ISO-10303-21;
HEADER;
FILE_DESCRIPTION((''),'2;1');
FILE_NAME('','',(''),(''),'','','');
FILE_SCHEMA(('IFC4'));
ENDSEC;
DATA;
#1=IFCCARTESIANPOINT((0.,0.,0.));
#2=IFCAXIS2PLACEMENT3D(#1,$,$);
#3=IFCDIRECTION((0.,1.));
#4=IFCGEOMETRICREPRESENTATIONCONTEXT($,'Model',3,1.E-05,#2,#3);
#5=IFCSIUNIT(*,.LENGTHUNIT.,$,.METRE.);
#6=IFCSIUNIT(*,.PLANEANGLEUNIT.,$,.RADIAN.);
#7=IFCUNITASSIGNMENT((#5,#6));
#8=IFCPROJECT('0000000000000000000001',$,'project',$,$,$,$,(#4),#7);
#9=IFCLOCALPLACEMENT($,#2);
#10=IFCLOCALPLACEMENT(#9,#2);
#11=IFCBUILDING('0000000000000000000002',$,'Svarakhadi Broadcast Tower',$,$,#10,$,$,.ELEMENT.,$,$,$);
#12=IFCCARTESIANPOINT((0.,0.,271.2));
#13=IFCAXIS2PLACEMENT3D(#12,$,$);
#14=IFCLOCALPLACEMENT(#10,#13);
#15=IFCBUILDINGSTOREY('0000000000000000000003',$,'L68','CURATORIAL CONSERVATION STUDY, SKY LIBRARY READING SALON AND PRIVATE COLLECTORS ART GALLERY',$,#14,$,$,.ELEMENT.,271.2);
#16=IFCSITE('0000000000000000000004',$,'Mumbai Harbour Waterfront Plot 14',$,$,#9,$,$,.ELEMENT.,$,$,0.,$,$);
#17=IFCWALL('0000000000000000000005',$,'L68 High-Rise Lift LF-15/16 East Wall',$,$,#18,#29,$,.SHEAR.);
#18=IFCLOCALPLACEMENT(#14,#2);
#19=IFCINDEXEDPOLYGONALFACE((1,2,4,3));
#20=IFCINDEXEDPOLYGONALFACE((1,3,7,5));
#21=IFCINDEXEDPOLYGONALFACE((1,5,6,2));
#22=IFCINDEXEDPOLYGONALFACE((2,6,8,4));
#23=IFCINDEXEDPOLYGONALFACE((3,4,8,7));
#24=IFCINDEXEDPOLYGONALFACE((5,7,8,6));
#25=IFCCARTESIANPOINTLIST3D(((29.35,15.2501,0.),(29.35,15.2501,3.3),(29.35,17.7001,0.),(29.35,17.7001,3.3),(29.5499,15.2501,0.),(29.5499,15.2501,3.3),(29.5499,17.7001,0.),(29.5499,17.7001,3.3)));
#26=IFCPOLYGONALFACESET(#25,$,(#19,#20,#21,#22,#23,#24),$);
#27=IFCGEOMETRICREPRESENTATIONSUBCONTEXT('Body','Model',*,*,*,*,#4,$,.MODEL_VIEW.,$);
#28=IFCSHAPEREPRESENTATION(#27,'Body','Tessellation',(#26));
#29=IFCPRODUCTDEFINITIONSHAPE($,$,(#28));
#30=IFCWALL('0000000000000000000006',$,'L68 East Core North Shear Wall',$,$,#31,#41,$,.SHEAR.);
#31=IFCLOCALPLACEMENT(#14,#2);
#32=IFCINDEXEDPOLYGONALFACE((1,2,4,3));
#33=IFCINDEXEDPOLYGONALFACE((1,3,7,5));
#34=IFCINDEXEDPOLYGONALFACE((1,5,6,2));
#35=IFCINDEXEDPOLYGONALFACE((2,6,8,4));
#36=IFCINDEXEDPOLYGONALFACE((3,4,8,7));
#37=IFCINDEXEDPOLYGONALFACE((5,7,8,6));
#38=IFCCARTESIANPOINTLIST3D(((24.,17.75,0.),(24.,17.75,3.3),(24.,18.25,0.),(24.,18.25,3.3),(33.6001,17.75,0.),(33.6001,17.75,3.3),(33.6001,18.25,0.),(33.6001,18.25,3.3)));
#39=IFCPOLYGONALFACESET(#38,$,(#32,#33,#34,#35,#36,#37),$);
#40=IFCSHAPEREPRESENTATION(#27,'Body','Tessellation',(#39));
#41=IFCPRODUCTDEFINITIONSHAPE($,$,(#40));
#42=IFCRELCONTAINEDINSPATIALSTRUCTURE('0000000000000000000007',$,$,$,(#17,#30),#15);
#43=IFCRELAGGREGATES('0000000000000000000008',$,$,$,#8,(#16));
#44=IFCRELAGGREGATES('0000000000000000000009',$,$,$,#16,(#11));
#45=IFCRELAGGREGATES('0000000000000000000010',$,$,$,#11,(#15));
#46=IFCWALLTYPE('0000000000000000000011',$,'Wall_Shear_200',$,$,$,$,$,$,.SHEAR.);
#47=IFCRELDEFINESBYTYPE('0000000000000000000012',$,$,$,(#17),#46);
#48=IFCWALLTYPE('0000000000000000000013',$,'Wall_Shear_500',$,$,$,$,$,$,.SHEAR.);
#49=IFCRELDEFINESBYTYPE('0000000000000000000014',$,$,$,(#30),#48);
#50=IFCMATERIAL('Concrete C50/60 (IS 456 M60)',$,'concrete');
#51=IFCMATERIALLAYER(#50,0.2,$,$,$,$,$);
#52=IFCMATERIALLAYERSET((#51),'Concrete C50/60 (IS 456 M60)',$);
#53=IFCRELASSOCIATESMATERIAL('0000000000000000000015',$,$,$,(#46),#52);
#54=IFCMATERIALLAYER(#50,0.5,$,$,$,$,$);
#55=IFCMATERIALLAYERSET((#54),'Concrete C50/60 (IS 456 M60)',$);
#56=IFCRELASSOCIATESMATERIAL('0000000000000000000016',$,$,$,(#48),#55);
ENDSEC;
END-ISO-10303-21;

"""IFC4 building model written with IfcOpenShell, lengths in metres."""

from ifc_helpers import new_model, si_unit, direction, frame, frame_2d, origin, place, context, subcontext, project, spatial, rectangle, extrude, material, layer, layer_set, type_object, element, save


model = new_model("IFC4")

# Units and contexts
model_context = context("Model", 3, precision=1e-05, world=origin(), true_north=direction((0.0, 1.0)))
body_context = subcontext(model_context, "Body", "Model", "MODEL_VIEW")
ifc_project = project(units=[si_unit("LENGTHUNIT", "METRE"), si_unit("PLANEANGLEUNIT", "RADIAN")], contexts=[model_context])

# Site, building, storey
site_placement = place(None, origin())
site = spatial("IfcSite", under=ifc_project, at=site_placement, Name="Mumbai Harbour Waterfront Plot 14", CompositionType="ELEMENT", RefElevation=0.0)
building_placement = place(site_placement, origin())
building = spatial("IfcBuilding", under=site, at=building_placement, Name="Svarakhadi Broadcast Tower", CompositionType="ELEMENT")
storey_placement = place(building_placement, frame((0.0, 0.0, 271.2)))
storey = spatial("IfcBuildingStorey", under=building, at=storey_placement, Name="L68", Description="CURATORIAL CONSERVATION STUDY, SKY LIBRARY READING SALON AND PRIVATE COLLECTORS ART GALLERY", CompositionType="ELEMENT", Elevation=271.2)

# Shared definitions
ifc_material_1 = material(Name="Concrete C50/60 (IS 456 M60)", Category="concrete")
ifc_layer_1 = layer(ifc_material_1, 0.2)
ifc_layer_set_1 = layer_set([ifc_layer_1], Name="Concrete C50/60 (IS 456 M60)")
wall_type_1 = type_object("IfcWallType", Name="Wall_Shear_200", PredefinedType="SHEAR", material=ifc_layer_set_1)

# Walls
wall_1_placement = place(storey_placement, frame((29.45, 15.25, 0.0), z_axis=(0.0, 0.0, 1.0), x_axis=(0.0, 1.0, 0.0)))
element("IfcWall", 1, at=wall_1_placement, inside=storey, type_object=wall_type_1, Name="L68 High-Rise Lift LF-15/16 East Wall", PredefinedType="SHEAR", context=body_context, shape_type="SweptSolid", body=[
    extrude(rectangle(XDim=2.45, YDim=0.2, at=frame_2d((1.2251, 0.0))), origin(), (0.0, 0.0, 1.0), 3.3),
])
ifc_layer_2 = layer(ifc_material_1, 0.5)
ifc_layer_set_2 = layer_set([ifc_layer_2], Name="Concrete C50/60 (IS 456 M60)")
wall_type_2 = type_object("IfcWallType", Name="Wall_Shear_500", PredefinedType="SHEAR", material=ifc_layer_set_2)
wall_2_placement = place(storey_placement, frame((24.0, 18.0, 0.0), z_axis=(0.0, 0.0, 1.0), x_axis=(1.0, 0.0, 0.0)))
element("IfcWall", 2, at=wall_2_placement, inside=storey, type_object=wall_type_2, Name="L68 East Core North Shear Wall", PredefinedType="SHEAR", context=body_context, shape_type="SweptSolid", body=[
    extrude(rectangle(XDim=9.6001, YDim=0.5, at=frame_2d((4.8, 0.0))), origin(), (0.0, 0.0, 1.0), 3.3),
])

save(model, "model.ifc")
